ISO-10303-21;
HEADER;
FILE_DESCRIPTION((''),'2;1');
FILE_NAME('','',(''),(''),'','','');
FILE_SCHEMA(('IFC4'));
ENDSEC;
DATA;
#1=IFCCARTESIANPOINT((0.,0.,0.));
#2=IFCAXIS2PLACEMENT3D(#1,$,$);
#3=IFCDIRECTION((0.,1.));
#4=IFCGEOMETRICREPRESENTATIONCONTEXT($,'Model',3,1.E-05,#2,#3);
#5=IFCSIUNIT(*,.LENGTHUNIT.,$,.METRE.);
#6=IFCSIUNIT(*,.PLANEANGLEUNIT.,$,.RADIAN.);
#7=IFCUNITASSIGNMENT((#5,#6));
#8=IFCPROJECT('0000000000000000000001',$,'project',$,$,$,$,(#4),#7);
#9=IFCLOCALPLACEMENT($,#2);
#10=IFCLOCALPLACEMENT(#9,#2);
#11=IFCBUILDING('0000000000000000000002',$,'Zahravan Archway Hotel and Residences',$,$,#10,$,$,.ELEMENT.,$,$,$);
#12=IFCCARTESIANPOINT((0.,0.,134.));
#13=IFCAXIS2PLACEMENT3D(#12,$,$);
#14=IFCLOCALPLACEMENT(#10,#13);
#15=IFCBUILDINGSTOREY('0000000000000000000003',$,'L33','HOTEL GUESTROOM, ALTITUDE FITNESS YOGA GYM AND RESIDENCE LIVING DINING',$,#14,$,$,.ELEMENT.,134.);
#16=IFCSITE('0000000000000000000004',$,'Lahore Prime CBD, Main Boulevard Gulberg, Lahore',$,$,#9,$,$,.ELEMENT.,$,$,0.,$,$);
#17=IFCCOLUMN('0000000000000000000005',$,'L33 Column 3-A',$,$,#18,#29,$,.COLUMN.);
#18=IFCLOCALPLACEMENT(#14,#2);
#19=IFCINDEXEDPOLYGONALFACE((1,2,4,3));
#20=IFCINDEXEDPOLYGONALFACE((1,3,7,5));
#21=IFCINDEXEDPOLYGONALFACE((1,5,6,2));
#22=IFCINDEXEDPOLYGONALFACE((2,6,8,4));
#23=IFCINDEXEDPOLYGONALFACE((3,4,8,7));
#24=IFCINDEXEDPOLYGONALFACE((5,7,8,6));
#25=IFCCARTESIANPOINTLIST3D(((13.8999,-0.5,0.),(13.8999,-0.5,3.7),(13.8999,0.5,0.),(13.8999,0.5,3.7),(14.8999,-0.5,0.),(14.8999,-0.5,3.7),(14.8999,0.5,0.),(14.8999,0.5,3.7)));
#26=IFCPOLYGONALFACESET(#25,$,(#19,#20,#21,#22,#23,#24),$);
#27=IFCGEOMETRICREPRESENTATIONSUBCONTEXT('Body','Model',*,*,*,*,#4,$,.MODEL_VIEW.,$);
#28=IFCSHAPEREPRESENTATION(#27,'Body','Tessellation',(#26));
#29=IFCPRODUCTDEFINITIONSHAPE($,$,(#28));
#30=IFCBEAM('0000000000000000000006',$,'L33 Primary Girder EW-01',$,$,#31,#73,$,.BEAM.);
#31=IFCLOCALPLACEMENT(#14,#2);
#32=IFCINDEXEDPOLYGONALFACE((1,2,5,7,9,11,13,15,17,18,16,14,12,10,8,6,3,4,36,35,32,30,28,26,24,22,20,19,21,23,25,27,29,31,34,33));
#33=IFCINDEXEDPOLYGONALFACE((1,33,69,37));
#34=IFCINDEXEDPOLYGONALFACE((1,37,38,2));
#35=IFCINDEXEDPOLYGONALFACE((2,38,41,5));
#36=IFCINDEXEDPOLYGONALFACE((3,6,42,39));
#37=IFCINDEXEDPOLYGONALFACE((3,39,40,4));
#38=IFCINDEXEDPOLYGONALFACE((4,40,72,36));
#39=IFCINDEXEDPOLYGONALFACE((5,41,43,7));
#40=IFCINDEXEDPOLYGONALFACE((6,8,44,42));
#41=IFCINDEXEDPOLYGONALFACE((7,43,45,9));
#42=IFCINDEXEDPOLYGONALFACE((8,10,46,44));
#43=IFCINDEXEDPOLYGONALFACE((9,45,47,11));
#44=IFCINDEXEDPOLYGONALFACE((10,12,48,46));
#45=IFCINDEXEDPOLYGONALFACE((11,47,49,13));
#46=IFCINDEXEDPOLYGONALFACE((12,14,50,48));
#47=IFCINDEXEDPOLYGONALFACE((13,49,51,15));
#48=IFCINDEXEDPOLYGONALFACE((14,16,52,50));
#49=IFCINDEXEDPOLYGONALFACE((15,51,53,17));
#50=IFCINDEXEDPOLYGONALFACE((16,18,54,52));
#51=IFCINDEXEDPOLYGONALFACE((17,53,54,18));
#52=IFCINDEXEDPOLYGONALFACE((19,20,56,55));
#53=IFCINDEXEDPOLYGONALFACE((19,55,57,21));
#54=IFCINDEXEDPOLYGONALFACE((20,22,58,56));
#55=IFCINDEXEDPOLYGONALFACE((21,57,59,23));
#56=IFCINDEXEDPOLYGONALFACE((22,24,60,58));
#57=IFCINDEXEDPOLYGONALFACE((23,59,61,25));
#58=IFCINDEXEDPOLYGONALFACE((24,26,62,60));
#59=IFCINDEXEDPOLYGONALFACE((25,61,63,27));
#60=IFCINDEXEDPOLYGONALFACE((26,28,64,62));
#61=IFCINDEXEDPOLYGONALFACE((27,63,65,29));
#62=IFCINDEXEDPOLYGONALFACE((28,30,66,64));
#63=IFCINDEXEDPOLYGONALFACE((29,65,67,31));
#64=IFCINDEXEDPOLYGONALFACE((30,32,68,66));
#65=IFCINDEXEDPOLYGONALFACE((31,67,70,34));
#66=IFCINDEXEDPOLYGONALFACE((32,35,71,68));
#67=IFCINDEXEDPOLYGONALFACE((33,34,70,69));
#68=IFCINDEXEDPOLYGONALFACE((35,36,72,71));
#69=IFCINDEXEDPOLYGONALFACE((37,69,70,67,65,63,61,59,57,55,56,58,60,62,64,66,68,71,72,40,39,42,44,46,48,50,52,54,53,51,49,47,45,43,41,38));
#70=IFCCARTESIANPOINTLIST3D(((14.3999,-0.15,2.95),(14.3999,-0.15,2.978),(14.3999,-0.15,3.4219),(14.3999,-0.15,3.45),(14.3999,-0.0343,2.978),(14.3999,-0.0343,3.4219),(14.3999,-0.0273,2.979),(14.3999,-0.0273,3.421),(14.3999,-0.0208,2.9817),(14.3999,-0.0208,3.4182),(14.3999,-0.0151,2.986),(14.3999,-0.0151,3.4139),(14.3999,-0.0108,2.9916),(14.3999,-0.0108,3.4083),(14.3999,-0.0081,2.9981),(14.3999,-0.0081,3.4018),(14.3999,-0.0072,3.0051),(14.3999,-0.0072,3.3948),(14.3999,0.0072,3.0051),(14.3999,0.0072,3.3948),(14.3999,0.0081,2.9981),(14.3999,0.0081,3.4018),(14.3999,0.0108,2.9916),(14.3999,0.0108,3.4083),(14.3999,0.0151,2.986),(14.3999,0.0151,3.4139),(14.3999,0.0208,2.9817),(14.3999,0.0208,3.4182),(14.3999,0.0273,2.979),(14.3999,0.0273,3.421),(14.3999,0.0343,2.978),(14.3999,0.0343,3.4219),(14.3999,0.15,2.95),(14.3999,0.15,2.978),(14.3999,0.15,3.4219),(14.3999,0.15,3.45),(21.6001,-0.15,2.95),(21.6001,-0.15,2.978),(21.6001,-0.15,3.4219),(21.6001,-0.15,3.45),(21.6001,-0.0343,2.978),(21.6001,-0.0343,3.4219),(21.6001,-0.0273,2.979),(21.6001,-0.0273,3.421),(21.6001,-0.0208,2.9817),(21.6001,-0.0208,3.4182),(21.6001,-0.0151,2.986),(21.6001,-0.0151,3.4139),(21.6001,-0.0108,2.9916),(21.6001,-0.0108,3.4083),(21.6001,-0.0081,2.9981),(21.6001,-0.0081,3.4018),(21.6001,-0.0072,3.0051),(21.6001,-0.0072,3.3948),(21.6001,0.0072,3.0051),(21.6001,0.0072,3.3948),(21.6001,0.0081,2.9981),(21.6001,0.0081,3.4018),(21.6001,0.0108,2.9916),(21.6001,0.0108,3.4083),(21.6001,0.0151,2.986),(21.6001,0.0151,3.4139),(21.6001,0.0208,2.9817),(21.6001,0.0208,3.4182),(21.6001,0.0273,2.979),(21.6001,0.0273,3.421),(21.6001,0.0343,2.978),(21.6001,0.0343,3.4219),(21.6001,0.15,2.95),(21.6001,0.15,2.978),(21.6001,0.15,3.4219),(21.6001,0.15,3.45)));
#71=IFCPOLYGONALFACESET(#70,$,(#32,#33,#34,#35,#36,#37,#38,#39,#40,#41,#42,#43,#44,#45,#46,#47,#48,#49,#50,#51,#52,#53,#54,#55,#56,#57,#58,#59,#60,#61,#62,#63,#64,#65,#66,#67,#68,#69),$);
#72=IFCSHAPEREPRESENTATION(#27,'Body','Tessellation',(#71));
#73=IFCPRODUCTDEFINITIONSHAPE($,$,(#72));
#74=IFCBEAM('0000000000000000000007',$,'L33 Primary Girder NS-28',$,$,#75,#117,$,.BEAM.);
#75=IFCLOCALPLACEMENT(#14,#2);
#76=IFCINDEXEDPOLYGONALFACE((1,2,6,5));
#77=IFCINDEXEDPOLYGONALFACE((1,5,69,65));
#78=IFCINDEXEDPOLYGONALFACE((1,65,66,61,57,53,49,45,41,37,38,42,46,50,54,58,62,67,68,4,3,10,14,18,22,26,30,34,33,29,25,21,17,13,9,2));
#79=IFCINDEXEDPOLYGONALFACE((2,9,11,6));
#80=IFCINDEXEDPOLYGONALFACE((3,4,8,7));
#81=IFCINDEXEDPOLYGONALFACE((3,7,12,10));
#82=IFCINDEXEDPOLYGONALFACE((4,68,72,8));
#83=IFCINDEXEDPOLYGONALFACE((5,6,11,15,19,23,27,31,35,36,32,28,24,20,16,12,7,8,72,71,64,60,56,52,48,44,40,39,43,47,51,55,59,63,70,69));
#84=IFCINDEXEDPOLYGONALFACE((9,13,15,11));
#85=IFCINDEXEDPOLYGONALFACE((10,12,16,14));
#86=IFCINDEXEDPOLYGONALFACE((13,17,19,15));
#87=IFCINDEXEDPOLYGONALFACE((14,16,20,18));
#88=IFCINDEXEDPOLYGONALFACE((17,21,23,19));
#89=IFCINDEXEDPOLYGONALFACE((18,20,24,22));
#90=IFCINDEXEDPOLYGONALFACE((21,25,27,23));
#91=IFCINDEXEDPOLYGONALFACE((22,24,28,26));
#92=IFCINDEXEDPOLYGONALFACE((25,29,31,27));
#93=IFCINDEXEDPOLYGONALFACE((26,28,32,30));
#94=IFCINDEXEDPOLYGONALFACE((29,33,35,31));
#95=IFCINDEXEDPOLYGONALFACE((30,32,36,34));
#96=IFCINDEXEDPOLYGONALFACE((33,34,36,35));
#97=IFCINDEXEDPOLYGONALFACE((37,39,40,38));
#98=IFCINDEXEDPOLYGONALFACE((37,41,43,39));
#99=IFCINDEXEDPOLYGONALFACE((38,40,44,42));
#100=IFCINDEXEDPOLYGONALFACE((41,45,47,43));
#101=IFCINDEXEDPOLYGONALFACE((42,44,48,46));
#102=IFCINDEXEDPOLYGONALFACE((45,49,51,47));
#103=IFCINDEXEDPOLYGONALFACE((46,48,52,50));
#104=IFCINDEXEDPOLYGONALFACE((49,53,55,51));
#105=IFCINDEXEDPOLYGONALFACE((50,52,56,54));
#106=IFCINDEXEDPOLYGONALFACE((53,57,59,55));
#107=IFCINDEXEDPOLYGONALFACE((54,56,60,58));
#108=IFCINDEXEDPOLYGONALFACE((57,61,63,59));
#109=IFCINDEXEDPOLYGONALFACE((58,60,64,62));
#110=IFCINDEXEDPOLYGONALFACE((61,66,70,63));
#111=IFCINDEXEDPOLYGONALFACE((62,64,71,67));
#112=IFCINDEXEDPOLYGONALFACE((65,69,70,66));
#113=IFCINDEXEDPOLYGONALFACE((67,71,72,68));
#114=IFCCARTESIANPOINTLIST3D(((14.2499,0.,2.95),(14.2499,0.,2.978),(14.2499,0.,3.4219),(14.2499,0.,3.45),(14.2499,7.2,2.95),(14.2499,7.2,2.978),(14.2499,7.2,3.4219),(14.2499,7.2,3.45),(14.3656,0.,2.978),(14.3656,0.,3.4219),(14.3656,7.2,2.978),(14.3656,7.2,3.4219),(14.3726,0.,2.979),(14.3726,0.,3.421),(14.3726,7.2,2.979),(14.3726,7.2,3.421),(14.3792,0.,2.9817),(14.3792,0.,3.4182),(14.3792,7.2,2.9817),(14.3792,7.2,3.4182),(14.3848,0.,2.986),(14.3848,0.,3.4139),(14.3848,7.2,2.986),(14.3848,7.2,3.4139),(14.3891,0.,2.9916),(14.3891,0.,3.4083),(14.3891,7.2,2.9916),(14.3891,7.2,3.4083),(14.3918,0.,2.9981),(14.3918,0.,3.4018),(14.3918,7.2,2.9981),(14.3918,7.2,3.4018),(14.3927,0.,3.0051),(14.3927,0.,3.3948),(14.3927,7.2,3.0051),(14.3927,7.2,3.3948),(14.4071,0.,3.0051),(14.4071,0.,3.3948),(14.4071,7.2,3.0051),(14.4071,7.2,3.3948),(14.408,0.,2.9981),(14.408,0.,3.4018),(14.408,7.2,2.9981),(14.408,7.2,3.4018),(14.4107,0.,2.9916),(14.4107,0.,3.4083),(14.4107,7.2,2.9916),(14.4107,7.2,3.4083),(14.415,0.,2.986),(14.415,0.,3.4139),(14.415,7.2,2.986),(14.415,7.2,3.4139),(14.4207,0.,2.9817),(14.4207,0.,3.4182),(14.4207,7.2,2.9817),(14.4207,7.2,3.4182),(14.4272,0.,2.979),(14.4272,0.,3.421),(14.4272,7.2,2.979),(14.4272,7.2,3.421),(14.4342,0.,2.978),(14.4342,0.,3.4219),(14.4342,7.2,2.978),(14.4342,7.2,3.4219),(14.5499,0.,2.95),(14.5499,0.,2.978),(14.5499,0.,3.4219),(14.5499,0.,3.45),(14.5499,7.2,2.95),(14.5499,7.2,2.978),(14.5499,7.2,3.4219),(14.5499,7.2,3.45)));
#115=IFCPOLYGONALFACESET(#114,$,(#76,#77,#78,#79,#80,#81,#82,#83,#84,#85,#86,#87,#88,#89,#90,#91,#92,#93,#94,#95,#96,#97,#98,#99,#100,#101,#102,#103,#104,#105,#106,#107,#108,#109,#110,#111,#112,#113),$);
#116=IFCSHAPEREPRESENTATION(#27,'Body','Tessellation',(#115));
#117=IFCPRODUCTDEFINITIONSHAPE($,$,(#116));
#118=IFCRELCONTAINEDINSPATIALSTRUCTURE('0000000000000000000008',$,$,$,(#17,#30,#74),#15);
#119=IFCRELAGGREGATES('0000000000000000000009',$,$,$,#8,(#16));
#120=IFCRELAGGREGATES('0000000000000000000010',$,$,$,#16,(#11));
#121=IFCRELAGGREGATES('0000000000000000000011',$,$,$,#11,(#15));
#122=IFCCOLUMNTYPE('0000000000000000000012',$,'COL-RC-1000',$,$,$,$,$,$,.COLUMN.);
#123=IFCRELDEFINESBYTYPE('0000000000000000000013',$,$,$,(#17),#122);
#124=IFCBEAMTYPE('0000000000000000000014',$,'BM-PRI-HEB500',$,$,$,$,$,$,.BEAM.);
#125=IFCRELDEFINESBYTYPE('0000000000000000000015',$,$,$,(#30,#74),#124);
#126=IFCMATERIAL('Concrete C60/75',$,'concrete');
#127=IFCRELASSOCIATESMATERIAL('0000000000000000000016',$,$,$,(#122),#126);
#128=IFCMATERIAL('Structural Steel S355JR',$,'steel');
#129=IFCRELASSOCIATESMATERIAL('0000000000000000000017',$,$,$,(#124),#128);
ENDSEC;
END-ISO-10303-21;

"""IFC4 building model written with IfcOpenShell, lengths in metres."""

from ifc_helpers import new_model, si_unit, direction, frame, origin, origin_2d, place, context, subcontext, project, spatial, rectangle, i_section, extrude, source, transform, mapped, material, material_profile, profile_set, type_object, type_shapes, element, save


model = new_model("IFC4")

# Units and contexts
model_context = context("Model", 3, precision=1e-05, world=origin(), true_north=direction((0.0, 1.0)))
body_context = subcontext(model_context, "Body", "Model", "MODEL_VIEW")
ifc_project = project(units=[si_unit("LENGTHUNIT", "METRE"), si_unit("PLANEANGLEUNIT", "RADIAN")], contexts=[model_context])

# Site, building, storey
site_placement = place(None, origin())
site = spatial("IfcSite", under=ifc_project, at=site_placement, Name="Lahore Prime CBD, Main Boulevard Gulberg, Lahore", CompositionType="ELEMENT", RefElevation=0.0)
building_placement = place(site_placement, origin())
building = spatial("IfcBuilding", under=site, at=building_placement, Name="Zahravan Archway Hotel and Residences", CompositionType="ELEMENT")
storey_placement = place(building_placement, frame((0.0, 0.0, 134.0)))
storey = spatial("IfcBuildingStorey", under=building, at=storey_placement, Name="L33", Description="HOTEL GUESTROOM, ALTITUDE FITNESS YOGA GYM AND RESIDENCE LIVING DINING", CompositionType="ELEMENT", Elevation=134.0)

# Column
ifc_material_1 = material(Name="Concrete C60/75", Category="concrete")
ifc_material_profile_1 = material_profile(ifc_material_1, rectangle(XDim=1.0, YDim=1.0, at=origin_2d()), Name="RC-COL-1000x1000", Category="concrete")
ifc_profile_set_1 = profile_set([ifc_material_profile_1], Name="Concrete C60/75")
column_type = type_object("IfcColumnType", Name="COL-RC-1000", PredefinedType="COLUMN", material=ifc_profile_set_1)
shared_shape_1 = source(origin(), body_context, "Body", "SweptSolid", [
    extrude(rectangle(XDim=1.0, YDim=1.0, at=origin_2d()), origin(), (0.0, 0.0, 1.0), 3.7),
])
type_shapes(column_type, [shared_shape_1])
column_placement = place(storey_placement, frame((14.3999, 0.0, 0.0), z_axis=(0.0, 0.0, 1.0), x_axis=(1.0, 0.0, 0.0)))
element("IfcColumn", 1, at=column_placement, inside=storey, type_object=column_type, Name="L33 Column 3-A", PredefinedType="COLUMN", context=body_context, shape_type="MappedRepresentation", body=[
    mapped(shared_shape_1, transform((0.0, 0.0, 0.0), scale=1.0)),
])

# Beams
ifc_material_2 = material(Name="Structural Steel S355JR", Category="steel")
ifc_material_profile_2 = material_profile(ifc_material_2, i_section(OverallWidth=0.3, OverallDepth=0.5, WebThickness=0.0144, FlangeThickness=0.0281, FilletRadius=0.0271, at=origin_2d()), Name="HEB 500", Category="steel")
ifc_profile_set_2 = profile_set([ifc_material_profile_2], Name="Structural Steel S355JR")
beam_type = type_object("IfcBeamType", Name="BM-PRI-HEB500", PredefinedType="BEAM", material=ifc_profile_set_2)
shared_shape_2 = source(origin(), body_context, "Body", "SweptSolid", [
    extrude(i_section(OverallWidth=0.3, OverallDepth=0.5, WebThickness=0.0144, FlangeThickness=0.0281, FilletRadius=0.0271, at=origin_2d()), origin(), (0.0, 0.0, 1.0), 7.2002),
])
type_shapes(beam_type, [shared_shape_2])
beam_1_placement = place(storey_placement, frame((14.3999, 0.0, 3.2), z_axis=(1.0, 0.0, 0.0), x_axis=(0.0, 1.0, 0.0)))
element("IfcBeam", 2, at=beam_1_placement, inside=storey, type_object=beam_type, Name="L33 Primary Girder EW-01", PredefinedType="BEAM", context=body_context, shape_type="MappedRepresentation", body=[
    mapped(shared_shape_2, transform((0.0, 0.0, 0.0), scale=1.0)),
])
shared_shape_3 = source(origin(), body_context, "Body", "SweptSolid", [
    extrude(i_section(OverallWidth=0.3, OverallDepth=0.5, WebThickness=0.0144, FlangeThickness=0.0281, FilletRadius=0.0271, at=origin_2d()), origin(), (0.0, 0.0, 1.0), 7.2),
])
beam_2_placement = place(storey_placement, frame((14.3999, 0.0, 3.2), z_axis=(0.0, 1.0, 0.0), x_axis=(-1.0, 0.0, 0.0)))
element("IfcBeam", 3, at=beam_2_placement, inside=storey, type_object=beam_type, Name="L33 Primary Girder NS-28", PredefinedType="BEAM", context=body_context, shape_type="MappedRepresentation", body=[
    mapped(shared_shape_3, transform((0.0, 0.0, 0.0), scale=1.0)),
])

save(model, "model.ifc")
